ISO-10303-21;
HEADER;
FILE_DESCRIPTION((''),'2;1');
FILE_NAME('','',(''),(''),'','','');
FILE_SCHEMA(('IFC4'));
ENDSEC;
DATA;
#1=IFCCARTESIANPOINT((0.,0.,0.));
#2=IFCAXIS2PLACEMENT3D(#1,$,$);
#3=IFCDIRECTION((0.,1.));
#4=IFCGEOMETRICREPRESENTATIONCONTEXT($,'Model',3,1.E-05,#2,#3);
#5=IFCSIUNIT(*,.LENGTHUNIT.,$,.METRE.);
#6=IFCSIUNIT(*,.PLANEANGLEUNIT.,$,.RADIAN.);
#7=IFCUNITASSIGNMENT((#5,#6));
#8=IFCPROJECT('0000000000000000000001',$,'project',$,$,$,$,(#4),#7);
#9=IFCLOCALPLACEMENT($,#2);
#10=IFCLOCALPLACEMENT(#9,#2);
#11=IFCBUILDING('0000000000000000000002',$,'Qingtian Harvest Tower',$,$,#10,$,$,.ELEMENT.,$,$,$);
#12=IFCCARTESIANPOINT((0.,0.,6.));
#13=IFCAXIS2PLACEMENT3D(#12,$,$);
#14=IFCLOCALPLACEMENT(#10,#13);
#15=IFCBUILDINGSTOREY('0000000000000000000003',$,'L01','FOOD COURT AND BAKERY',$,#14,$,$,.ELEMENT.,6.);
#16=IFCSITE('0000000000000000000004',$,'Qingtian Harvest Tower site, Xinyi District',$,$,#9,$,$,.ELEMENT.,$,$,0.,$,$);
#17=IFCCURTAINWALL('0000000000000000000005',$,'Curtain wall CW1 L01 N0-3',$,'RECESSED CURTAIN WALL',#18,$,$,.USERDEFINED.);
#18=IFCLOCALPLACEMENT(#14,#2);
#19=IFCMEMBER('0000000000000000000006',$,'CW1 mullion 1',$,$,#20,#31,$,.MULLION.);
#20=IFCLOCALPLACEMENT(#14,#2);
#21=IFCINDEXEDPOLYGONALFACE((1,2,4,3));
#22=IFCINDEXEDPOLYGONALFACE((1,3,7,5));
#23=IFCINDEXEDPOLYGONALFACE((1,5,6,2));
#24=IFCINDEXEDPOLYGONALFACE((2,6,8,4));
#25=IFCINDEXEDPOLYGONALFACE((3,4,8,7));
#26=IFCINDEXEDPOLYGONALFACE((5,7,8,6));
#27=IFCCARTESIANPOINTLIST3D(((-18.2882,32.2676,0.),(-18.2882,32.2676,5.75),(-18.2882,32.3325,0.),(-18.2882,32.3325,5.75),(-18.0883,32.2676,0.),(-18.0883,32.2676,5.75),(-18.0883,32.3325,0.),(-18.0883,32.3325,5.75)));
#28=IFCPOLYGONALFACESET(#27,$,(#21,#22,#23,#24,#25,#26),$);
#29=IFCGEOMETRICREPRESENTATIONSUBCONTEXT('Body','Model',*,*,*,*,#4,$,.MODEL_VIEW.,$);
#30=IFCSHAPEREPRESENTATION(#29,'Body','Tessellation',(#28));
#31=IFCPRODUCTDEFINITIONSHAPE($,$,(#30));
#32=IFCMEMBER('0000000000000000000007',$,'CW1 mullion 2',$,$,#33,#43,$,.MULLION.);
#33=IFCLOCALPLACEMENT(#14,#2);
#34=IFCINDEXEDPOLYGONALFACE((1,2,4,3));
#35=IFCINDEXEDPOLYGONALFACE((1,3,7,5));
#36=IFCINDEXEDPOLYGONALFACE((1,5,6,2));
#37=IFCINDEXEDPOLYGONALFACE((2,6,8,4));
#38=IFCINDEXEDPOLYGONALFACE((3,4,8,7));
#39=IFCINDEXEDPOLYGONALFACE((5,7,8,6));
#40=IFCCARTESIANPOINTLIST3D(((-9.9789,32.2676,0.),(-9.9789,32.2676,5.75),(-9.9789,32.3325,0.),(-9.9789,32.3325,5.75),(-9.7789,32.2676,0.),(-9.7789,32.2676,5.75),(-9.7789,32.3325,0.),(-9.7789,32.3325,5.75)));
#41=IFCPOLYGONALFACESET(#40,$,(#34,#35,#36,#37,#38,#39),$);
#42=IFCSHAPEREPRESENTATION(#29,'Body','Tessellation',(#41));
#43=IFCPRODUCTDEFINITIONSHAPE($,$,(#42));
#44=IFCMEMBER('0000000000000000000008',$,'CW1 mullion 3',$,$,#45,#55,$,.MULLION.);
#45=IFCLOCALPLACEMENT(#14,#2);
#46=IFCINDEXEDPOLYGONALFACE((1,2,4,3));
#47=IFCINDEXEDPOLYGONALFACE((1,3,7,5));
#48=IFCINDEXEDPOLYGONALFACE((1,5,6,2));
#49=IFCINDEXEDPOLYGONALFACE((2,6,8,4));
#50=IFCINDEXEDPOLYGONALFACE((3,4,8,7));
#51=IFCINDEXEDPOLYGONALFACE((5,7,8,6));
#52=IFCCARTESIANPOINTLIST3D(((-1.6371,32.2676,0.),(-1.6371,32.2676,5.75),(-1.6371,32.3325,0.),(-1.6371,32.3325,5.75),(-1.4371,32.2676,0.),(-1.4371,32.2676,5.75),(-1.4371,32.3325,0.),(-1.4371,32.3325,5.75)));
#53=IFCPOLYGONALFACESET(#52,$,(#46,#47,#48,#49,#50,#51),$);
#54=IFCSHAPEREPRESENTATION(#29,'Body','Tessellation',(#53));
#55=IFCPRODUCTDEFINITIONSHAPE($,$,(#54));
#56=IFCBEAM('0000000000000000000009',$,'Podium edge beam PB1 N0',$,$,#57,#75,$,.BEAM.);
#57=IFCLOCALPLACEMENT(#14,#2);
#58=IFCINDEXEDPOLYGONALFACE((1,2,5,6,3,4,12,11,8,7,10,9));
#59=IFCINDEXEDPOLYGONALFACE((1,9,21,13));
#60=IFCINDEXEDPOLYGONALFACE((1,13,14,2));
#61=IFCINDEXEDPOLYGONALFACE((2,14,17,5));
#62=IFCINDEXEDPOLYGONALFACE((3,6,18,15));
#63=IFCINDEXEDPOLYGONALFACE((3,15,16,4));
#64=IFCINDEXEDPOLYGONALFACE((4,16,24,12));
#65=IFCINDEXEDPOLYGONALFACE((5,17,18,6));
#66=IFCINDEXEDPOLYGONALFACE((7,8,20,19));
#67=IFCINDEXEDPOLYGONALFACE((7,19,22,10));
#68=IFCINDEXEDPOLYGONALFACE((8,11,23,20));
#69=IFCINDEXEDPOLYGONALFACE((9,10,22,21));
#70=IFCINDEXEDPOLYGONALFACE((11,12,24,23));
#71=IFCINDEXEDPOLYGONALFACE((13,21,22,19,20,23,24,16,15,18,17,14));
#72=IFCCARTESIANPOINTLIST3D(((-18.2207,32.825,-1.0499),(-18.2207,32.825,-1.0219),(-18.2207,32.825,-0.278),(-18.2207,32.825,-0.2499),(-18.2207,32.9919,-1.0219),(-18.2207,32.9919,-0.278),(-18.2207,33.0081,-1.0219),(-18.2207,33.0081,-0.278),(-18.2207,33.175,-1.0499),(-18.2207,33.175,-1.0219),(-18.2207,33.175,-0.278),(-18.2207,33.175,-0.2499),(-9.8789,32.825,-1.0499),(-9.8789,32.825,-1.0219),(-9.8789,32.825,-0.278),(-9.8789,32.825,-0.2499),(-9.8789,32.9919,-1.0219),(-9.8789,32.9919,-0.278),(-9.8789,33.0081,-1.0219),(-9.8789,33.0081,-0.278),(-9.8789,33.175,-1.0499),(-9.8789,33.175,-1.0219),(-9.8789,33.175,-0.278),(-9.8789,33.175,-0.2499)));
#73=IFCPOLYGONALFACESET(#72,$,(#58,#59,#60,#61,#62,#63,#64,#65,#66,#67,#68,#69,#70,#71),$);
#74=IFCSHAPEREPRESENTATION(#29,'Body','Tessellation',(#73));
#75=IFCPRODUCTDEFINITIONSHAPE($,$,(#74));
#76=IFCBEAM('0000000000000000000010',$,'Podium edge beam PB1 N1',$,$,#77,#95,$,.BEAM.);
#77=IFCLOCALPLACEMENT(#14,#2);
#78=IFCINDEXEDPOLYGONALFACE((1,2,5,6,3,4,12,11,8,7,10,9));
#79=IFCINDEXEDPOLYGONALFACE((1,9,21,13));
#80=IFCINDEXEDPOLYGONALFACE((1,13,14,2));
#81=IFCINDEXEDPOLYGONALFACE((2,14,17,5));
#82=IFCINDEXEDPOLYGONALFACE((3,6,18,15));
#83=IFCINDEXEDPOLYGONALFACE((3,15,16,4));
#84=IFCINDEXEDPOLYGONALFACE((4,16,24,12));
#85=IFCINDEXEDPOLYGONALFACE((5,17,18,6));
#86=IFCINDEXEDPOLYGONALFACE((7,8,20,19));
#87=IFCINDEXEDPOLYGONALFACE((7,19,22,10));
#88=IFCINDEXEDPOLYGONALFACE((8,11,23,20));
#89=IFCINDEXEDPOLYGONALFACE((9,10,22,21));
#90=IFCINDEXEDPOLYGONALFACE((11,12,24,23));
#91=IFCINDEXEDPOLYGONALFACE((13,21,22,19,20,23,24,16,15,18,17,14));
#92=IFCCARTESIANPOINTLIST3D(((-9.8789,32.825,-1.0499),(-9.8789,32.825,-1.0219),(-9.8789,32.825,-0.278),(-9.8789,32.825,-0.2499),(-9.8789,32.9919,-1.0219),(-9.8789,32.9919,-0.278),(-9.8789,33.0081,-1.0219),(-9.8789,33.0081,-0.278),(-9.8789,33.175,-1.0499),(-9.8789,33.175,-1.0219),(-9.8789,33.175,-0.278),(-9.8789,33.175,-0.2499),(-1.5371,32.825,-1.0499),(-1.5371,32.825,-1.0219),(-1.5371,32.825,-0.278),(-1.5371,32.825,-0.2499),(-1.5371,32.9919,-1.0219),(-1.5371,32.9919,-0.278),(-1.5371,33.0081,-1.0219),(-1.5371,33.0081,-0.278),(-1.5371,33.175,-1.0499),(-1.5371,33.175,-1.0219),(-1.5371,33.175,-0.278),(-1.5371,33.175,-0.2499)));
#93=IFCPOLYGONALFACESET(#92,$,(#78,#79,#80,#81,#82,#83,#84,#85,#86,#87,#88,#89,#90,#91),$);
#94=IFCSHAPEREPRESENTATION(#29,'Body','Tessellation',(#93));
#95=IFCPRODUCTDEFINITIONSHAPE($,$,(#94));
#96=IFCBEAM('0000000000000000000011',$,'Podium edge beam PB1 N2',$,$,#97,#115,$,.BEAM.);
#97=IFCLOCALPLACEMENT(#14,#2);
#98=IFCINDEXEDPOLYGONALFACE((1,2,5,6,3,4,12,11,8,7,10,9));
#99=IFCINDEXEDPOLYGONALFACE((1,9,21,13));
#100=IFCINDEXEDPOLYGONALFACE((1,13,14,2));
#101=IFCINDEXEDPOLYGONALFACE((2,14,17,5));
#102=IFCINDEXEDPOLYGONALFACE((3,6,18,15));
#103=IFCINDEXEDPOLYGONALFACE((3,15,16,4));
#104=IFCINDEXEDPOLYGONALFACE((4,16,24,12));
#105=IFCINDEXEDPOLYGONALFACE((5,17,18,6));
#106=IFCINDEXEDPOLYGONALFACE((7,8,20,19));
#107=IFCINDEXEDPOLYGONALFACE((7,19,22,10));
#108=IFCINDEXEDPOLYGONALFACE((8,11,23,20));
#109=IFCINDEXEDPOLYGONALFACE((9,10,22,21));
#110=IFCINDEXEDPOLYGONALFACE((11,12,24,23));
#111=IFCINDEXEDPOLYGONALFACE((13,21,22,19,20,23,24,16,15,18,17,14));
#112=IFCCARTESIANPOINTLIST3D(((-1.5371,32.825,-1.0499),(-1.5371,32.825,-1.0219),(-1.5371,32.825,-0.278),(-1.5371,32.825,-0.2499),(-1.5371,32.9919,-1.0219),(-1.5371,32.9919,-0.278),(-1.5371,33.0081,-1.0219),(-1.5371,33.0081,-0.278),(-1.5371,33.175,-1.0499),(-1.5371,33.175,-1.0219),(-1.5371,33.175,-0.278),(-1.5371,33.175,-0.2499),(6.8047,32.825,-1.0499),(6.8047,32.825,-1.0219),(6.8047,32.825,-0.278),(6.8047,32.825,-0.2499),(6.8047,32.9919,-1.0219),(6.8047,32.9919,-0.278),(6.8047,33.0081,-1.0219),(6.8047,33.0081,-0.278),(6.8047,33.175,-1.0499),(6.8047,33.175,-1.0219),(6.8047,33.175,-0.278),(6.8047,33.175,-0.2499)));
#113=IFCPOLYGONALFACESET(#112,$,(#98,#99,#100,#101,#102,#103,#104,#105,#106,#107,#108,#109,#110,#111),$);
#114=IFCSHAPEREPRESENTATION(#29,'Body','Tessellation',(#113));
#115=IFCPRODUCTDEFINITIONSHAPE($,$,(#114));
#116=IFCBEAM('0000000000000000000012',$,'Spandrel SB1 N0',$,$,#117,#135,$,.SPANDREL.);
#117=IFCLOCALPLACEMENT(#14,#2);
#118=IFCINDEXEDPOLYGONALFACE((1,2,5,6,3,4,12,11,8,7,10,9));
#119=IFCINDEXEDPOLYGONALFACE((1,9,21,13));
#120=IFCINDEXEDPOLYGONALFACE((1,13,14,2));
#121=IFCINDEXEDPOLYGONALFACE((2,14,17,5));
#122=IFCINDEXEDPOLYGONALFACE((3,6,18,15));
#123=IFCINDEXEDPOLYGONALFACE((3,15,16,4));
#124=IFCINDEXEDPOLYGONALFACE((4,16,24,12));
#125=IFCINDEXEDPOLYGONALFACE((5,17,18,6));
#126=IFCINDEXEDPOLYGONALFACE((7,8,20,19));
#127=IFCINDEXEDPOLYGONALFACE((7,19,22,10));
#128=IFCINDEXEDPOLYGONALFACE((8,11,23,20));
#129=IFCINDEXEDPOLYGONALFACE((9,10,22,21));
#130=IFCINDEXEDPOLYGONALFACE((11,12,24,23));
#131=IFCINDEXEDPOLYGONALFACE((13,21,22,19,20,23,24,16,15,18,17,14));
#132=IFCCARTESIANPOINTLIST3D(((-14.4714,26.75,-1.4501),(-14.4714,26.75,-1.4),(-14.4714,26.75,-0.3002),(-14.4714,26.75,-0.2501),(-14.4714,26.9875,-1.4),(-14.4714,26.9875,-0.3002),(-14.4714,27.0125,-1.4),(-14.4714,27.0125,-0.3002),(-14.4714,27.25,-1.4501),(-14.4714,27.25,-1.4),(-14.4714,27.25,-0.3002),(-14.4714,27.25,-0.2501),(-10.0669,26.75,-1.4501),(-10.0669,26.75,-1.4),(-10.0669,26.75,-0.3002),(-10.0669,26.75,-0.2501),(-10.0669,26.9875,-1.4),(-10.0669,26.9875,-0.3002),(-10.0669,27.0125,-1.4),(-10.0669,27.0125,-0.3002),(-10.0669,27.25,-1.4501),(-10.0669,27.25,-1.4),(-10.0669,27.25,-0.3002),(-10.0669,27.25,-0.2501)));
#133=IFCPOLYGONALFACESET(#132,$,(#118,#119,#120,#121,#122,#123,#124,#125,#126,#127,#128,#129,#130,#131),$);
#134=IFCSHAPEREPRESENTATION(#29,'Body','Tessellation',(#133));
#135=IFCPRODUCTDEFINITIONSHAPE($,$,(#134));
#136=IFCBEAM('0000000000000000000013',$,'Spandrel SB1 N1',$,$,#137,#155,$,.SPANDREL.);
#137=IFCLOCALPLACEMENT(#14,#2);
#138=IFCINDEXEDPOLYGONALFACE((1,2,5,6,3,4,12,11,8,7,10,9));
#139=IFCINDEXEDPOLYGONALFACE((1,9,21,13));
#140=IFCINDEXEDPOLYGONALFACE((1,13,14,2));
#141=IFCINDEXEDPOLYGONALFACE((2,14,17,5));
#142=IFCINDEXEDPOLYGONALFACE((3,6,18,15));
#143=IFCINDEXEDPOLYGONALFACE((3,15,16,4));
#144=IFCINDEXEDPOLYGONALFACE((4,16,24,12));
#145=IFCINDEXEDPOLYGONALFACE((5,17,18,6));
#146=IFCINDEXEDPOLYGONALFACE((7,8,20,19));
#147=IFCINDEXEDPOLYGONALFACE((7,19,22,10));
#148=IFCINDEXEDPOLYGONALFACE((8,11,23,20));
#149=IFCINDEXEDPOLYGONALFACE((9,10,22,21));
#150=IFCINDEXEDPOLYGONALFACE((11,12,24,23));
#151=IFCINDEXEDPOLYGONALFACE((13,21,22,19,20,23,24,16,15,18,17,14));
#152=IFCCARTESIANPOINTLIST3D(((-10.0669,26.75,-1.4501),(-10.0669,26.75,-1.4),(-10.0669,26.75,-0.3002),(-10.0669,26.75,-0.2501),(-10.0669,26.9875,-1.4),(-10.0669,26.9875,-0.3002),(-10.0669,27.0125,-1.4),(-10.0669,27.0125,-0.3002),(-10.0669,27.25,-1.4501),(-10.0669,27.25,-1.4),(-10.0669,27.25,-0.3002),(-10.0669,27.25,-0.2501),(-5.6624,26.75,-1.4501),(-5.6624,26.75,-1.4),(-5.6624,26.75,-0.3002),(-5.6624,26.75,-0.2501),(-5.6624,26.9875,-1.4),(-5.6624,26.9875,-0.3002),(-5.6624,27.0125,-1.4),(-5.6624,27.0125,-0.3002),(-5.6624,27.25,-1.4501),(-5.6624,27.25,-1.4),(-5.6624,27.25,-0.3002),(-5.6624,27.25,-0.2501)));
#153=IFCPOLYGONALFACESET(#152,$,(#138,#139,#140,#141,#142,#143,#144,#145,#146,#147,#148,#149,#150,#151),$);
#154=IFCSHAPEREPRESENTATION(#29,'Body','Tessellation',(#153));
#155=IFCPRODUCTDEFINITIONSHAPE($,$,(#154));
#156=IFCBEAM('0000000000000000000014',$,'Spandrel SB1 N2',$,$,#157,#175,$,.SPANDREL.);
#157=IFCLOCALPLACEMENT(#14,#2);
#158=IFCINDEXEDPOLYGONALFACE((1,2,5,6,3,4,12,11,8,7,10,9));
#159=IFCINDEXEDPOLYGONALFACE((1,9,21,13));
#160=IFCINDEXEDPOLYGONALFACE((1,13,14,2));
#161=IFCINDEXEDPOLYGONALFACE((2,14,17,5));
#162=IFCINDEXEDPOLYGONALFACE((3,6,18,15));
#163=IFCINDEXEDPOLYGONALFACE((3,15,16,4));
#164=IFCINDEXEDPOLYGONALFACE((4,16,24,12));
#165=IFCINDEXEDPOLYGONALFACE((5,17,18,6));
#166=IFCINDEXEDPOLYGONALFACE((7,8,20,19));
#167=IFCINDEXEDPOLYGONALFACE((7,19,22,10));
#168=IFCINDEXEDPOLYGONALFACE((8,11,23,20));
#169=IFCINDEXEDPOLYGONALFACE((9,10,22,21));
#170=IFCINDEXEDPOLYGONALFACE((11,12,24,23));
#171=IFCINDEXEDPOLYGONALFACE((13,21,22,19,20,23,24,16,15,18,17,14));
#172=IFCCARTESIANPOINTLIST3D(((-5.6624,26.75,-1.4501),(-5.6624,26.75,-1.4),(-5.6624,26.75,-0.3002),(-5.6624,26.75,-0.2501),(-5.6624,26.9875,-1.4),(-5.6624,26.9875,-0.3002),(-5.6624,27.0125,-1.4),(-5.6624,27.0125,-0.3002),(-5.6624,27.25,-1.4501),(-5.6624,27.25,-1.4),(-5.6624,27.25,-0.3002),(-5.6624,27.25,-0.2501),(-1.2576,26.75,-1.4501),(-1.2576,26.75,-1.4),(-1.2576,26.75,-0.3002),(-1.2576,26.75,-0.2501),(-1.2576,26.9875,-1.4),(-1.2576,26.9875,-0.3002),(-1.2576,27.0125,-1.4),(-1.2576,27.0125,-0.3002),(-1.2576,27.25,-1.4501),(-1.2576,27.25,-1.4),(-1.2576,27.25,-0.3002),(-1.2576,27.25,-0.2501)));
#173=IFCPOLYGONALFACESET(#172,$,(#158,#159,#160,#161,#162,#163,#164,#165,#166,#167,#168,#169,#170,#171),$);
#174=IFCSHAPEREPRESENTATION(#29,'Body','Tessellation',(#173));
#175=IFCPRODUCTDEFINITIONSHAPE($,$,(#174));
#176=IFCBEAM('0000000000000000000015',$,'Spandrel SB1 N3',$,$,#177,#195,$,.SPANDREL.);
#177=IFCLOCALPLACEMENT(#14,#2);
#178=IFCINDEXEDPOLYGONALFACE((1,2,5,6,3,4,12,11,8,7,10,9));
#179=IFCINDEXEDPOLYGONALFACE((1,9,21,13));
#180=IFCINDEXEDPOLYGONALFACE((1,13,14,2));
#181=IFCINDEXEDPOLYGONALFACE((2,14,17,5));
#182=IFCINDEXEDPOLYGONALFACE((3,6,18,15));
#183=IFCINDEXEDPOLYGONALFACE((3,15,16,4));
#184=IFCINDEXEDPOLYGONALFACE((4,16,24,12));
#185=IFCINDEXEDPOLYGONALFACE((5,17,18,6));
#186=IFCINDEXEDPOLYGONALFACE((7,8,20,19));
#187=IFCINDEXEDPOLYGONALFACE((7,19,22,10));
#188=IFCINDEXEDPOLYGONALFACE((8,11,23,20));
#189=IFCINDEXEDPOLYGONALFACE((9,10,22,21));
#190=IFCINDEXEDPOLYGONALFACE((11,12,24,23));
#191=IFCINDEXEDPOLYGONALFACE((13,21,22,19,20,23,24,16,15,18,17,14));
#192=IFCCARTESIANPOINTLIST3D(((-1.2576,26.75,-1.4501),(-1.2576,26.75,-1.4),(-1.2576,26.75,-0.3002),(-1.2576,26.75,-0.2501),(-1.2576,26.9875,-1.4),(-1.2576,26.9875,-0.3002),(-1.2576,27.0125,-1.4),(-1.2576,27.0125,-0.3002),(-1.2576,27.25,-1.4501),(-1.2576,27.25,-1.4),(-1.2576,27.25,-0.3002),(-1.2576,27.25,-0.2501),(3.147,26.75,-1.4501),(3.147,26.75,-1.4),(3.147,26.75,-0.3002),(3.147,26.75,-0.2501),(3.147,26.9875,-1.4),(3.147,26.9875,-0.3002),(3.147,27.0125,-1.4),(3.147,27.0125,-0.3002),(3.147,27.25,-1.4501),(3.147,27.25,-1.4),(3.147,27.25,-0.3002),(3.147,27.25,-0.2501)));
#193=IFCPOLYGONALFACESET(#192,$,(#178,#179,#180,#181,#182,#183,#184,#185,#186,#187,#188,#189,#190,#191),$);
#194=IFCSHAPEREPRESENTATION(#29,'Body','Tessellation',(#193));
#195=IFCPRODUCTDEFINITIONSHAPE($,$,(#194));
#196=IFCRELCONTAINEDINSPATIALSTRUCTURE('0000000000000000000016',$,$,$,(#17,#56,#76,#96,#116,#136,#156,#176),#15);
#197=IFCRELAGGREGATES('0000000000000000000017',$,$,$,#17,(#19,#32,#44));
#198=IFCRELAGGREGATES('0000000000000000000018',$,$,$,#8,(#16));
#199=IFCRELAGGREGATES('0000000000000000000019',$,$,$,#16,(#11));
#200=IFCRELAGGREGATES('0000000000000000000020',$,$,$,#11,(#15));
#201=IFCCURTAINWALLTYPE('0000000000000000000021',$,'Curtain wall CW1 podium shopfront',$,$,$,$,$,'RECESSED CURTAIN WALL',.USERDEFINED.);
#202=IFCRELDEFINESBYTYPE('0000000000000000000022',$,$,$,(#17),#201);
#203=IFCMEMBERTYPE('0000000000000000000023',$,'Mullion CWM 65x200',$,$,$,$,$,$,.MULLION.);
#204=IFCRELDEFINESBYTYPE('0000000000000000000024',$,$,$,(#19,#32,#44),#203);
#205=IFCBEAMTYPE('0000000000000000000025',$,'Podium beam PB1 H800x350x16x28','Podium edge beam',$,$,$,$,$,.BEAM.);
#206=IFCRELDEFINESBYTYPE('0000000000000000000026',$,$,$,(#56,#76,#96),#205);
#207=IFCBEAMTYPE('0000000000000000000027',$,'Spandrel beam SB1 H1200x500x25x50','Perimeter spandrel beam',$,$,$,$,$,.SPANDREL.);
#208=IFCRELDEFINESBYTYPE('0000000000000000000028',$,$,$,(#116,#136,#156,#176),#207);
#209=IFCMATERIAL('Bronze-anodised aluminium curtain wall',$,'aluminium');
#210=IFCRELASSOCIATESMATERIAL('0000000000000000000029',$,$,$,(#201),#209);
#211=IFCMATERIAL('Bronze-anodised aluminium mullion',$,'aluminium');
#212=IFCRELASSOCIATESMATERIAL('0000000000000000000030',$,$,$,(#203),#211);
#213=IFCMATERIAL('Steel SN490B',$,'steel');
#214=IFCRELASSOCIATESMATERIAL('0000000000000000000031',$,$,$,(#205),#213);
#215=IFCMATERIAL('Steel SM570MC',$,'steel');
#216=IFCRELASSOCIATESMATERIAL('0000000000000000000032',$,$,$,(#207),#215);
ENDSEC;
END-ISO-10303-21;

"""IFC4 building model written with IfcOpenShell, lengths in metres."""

from ifc_helpers import new_model, si_unit, direction, frame, origin, origin_2d, place, context, subcontext, project, spatial, rectangle, i_section, extrude, material, material_profile, profile_set, type_object, element, aggregate, save


model = new_model("IFC4")

# Units and contexts
model_context = context("Model", 3, precision=1e-05, world=origin(), true_north=direction((0.0, 1.0)))
body_context = subcontext(model_context, "Body", "Model", "MODEL_VIEW")
ifc_project = project(units=[si_unit("LENGTHUNIT", "METRE"), si_unit("PLANEANGLEUNIT", "RADIAN")], contexts=[model_context])

# Site, building, storey
site_placement = place(None, origin())
site = spatial("IfcSite", under=ifc_project, at=site_placement, Name="Qingtian Harvest Tower site, Xinyi District", CompositionType="ELEMENT", RefElevation=0.0)
building_placement = place(site_placement, origin())
building = spatial("IfcBuilding", under=site, at=building_placement, Name="Qingtian Harvest Tower", CompositionType="ELEMENT")
storey_placement = place(building_placement, frame((0.0, 0.0, 6.0)))
storey = spatial("IfcBuildingStorey", under=building, at=storey_placement, Name="L01", Description="FOOD COURT AND BAKERY", CompositionType="ELEMENT", Elevation=6.0)

# Curtain wall, members
ifc_material_1 = material(Name="Bronze-anodised aluminium curtain wall", Category="aluminium")
curtain_wall_type = type_object("IfcCurtainWallType", Name="Curtain wall CW1 podium shopfront", ElementType="RECESSED CURTAIN WALL", PredefinedType="USERDEFINED", material=ifc_material_1)
curtain_wall_placement = place(storey_placement, origin())
curtain_wall = element("IfcCurtainWall", 1, at=curtain_wall_placement, inside=storey, type_object=curtain_wall_type, Name="Curtain wall CW1 L01 N0-3", ObjectType="RECESSED CURTAIN WALL", PredefinedType="USERDEFINED")
ifc_material_2 = material(Name="Bronze-anodised aluminium mullion", Category="aluminium")
ifc_material_profile_1 = material_profile(ifc_material_2, rectangle(XDim=0.0649, YDim=0.2, at=origin_2d()), Name="AL 65x200")
ifc_profile_set_1 = profile_set([ifc_material_profile_1], Name="Bronze-anodised aluminium mullion")
member_type_1 = type_object("IfcMemberType", Name="Mullion CWM 65x200", PredefinedType="MULLION", material=ifc_profile_set_1)
member_1_placement = place(storey_placement, frame((-18.1882, 32.3, 0.0), z_axis=(0.0, 0.0, 1.0), x_axis=(0.0, 1.0, 0.0)))
member_1 = element("IfcMember", 2, at=member_1_placement, type_object=member_type_1, Name="CW1 mullion 1", PredefinedType="MULLION", context=body_context, shape_type="SweptSolid", body=[
    extrude(rectangle(XDim=0.0649, YDim=0.2, at=origin_2d()), origin(), (0.0, 0.0, 1.0), 5.75),
])
member_2_placement = place(storey_placement, frame((-9.8789, 32.3, 0.0), z_axis=(0.0, 0.0, 1.0), x_axis=(0.0, 1.0, 0.0)))
member_2 = element("IfcMember", 3, at=member_2_placement, type_object=member_type_1, Name="CW1 mullion 2", PredefinedType="MULLION", context=body_context, shape_type="SweptSolid", body=[
    extrude(rectangle(XDim=0.0649, YDim=0.2, at=origin_2d()), origin(), (0.0, 0.0, 1.0), 5.75),
])
member_3_placement = place(storey_placement, frame((-1.5371, 32.3, 0.0), z_axis=(0.0, 0.0, 1.0), x_axis=(0.0, 1.0, 0.0)))
member_3 = element("IfcMember", 4, at=member_3_placement, type_object=member_type_1, Name="CW1 mullion 3", PredefinedType="MULLION", context=body_context, shape_type="SweptSolid", body=[
    extrude(rectangle(XDim=0.0649, YDim=0.2, at=origin_2d()), origin(), (0.0, 0.0, 1.0), 5.75),
])

# Beams
ifc_material_3 = material(Name="Steel SN490B", Category="steel")
ifc_material_profile_2 = material_profile(ifc_material_3, i_section(OverallWidth=0.3501, OverallDepth=0.8, WebThickness=0.0161, FlangeThickness=0.0281, at=origin_2d()), Name="H800x350x16x28")
ifc_profile_set_2 = profile_set([ifc_material_profile_2], Name="Steel SN490B")
beam_type_1 = type_object("IfcBeamType", Name="Podium beam PB1 H800x350x16x28", Description="Podium edge beam", PredefinedType="BEAM", material=ifc_profile_set_2)
for number, where, z_axis, x_axis, name in (
    (5, (-18.2207, 33.0, -0.6499), (1.0, 0.0, 0.0), (0.0, 1.0, 0.0), "Podium edge beam PB1 N0"),
    (6, (-9.8789, 33.0, -0.6499), (1.0, 0.0, 0.0), (0.0, 1.0, 0.0), "Podium edge beam PB1 N1"),
    (7, (-1.5371, 33.0, -0.6499), (1.0, 0.0, 0.0), (0.0, 1.0, 0.0), "Podium edge beam PB1 N2"),
):
    element("IfcBeam", number, at=place(storey_placement, frame(where, z_axis=z_axis, x_axis=x_axis)), inside=storey, type_object=beam_type_1, Name=name, PredefinedType="BEAM", context=body_context, shape_type="SweptSolid", body=[
        extrude(i_section(OverallWidth=0.3501, OverallDepth=0.8, WebThickness=0.0161, FlangeThickness=0.0281, at=origin_2d()), origin(), (0.0, 0.0, 1.0), 8.3418),
    ])
ifc_material_4 = material(Name="Steel SM570MC", Category="steel")
ifc_material_profile_3 = material_profile(ifc_material_4, i_section(OverallWidth=0.5, OverallDepth=1.2, WebThickness=0.0249, FlangeThickness=0.05, at=origin_2d()), Name="H1200x500x25x50")
ifc_profile_set_3 = profile_set([ifc_material_profile_3], Name="Steel SM570MC")
beam_type_2 = type_object("IfcBeamType", Name="Spandrel beam SB1 H1200x500x25x50", Description="Perimeter spandrel beam", PredefinedType="SPANDREL", material=ifc_profile_set_3)
for number, where, z_axis, x_axis, name in (
    (8, (-14.4714, 27.0, -0.8501), (1.0, 0.0, 0.0), (0.0, 1.0, 0.0), "Spandrel SB1 N0"),
    (9, (-10.0669, 27.0, -0.8501), (1.0, 0.0, 0.0), (0.0, 1.0, 0.0), "Spandrel SB1 N1"),
):
    element("IfcBeam", number, at=place(storey_placement, frame(where, z_axis=z_axis, x_axis=x_axis)), inside=storey, type_object=beam_type_2, Name=name, PredefinedType="SPANDREL", context=body_context, shape_type="SweptSolid", body=[
        extrude(i_section(OverallWidth=0.5, OverallDepth=1.2, WebThickness=0.0249, FlangeThickness=0.05, at=origin_2d()), origin(), (0.0, 0.0, 1.0), 4.4045),
    ])
beam_1_placement = place(storey_placement, frame((-5.6624, 27.0, -0.8501), z_axis=(1.0, 0.0, 0.0), x_axis=(0.0, 1.0, 0.0)))
element("IfcBeam", 10, at=beam_1_placement, inside=storey, type_object=beam_type_2, Name="Spandrel SB1 N2", PredefinedType="SPANDREL", context=body_context, shape_type="SweptSolid", body=[
    extrude(i_section(OverallWidth=0.5, OverallDepth=1.2, WebThickness=0.0249, FlangeThickness=0.05, at=origin_2d()), origin(), (0.0, 0.0, 1.0), 4.4048),
])
beam_2_placement = place(storey_placement, frame((-1.2576, 27.0, -0.8501), z_axis=(1.0, 0.0, 0.0), x_axis=(0.0, 1.0, 0.0)))
element("IfcBeam", 11, at=beam_2_placement, inside=storey, type_object=beam_type_2, Name="Spandrel SB1 N3", PredefinedType="SPANDREL", context=body_context, shape_type="SweptSolid", body=[
    extrude(i_section(OverallWidth=0.5, OverallDepth=1.2, WebThickness=0.0249, FlangeThickness=0.05, at=origin_2d()), origin(), (0.0, 0.0, 1.0), 4.4045),
])

aggregate(curtain_wall, [member_1, member_2, member_3])

save(model, "model.ifc")
